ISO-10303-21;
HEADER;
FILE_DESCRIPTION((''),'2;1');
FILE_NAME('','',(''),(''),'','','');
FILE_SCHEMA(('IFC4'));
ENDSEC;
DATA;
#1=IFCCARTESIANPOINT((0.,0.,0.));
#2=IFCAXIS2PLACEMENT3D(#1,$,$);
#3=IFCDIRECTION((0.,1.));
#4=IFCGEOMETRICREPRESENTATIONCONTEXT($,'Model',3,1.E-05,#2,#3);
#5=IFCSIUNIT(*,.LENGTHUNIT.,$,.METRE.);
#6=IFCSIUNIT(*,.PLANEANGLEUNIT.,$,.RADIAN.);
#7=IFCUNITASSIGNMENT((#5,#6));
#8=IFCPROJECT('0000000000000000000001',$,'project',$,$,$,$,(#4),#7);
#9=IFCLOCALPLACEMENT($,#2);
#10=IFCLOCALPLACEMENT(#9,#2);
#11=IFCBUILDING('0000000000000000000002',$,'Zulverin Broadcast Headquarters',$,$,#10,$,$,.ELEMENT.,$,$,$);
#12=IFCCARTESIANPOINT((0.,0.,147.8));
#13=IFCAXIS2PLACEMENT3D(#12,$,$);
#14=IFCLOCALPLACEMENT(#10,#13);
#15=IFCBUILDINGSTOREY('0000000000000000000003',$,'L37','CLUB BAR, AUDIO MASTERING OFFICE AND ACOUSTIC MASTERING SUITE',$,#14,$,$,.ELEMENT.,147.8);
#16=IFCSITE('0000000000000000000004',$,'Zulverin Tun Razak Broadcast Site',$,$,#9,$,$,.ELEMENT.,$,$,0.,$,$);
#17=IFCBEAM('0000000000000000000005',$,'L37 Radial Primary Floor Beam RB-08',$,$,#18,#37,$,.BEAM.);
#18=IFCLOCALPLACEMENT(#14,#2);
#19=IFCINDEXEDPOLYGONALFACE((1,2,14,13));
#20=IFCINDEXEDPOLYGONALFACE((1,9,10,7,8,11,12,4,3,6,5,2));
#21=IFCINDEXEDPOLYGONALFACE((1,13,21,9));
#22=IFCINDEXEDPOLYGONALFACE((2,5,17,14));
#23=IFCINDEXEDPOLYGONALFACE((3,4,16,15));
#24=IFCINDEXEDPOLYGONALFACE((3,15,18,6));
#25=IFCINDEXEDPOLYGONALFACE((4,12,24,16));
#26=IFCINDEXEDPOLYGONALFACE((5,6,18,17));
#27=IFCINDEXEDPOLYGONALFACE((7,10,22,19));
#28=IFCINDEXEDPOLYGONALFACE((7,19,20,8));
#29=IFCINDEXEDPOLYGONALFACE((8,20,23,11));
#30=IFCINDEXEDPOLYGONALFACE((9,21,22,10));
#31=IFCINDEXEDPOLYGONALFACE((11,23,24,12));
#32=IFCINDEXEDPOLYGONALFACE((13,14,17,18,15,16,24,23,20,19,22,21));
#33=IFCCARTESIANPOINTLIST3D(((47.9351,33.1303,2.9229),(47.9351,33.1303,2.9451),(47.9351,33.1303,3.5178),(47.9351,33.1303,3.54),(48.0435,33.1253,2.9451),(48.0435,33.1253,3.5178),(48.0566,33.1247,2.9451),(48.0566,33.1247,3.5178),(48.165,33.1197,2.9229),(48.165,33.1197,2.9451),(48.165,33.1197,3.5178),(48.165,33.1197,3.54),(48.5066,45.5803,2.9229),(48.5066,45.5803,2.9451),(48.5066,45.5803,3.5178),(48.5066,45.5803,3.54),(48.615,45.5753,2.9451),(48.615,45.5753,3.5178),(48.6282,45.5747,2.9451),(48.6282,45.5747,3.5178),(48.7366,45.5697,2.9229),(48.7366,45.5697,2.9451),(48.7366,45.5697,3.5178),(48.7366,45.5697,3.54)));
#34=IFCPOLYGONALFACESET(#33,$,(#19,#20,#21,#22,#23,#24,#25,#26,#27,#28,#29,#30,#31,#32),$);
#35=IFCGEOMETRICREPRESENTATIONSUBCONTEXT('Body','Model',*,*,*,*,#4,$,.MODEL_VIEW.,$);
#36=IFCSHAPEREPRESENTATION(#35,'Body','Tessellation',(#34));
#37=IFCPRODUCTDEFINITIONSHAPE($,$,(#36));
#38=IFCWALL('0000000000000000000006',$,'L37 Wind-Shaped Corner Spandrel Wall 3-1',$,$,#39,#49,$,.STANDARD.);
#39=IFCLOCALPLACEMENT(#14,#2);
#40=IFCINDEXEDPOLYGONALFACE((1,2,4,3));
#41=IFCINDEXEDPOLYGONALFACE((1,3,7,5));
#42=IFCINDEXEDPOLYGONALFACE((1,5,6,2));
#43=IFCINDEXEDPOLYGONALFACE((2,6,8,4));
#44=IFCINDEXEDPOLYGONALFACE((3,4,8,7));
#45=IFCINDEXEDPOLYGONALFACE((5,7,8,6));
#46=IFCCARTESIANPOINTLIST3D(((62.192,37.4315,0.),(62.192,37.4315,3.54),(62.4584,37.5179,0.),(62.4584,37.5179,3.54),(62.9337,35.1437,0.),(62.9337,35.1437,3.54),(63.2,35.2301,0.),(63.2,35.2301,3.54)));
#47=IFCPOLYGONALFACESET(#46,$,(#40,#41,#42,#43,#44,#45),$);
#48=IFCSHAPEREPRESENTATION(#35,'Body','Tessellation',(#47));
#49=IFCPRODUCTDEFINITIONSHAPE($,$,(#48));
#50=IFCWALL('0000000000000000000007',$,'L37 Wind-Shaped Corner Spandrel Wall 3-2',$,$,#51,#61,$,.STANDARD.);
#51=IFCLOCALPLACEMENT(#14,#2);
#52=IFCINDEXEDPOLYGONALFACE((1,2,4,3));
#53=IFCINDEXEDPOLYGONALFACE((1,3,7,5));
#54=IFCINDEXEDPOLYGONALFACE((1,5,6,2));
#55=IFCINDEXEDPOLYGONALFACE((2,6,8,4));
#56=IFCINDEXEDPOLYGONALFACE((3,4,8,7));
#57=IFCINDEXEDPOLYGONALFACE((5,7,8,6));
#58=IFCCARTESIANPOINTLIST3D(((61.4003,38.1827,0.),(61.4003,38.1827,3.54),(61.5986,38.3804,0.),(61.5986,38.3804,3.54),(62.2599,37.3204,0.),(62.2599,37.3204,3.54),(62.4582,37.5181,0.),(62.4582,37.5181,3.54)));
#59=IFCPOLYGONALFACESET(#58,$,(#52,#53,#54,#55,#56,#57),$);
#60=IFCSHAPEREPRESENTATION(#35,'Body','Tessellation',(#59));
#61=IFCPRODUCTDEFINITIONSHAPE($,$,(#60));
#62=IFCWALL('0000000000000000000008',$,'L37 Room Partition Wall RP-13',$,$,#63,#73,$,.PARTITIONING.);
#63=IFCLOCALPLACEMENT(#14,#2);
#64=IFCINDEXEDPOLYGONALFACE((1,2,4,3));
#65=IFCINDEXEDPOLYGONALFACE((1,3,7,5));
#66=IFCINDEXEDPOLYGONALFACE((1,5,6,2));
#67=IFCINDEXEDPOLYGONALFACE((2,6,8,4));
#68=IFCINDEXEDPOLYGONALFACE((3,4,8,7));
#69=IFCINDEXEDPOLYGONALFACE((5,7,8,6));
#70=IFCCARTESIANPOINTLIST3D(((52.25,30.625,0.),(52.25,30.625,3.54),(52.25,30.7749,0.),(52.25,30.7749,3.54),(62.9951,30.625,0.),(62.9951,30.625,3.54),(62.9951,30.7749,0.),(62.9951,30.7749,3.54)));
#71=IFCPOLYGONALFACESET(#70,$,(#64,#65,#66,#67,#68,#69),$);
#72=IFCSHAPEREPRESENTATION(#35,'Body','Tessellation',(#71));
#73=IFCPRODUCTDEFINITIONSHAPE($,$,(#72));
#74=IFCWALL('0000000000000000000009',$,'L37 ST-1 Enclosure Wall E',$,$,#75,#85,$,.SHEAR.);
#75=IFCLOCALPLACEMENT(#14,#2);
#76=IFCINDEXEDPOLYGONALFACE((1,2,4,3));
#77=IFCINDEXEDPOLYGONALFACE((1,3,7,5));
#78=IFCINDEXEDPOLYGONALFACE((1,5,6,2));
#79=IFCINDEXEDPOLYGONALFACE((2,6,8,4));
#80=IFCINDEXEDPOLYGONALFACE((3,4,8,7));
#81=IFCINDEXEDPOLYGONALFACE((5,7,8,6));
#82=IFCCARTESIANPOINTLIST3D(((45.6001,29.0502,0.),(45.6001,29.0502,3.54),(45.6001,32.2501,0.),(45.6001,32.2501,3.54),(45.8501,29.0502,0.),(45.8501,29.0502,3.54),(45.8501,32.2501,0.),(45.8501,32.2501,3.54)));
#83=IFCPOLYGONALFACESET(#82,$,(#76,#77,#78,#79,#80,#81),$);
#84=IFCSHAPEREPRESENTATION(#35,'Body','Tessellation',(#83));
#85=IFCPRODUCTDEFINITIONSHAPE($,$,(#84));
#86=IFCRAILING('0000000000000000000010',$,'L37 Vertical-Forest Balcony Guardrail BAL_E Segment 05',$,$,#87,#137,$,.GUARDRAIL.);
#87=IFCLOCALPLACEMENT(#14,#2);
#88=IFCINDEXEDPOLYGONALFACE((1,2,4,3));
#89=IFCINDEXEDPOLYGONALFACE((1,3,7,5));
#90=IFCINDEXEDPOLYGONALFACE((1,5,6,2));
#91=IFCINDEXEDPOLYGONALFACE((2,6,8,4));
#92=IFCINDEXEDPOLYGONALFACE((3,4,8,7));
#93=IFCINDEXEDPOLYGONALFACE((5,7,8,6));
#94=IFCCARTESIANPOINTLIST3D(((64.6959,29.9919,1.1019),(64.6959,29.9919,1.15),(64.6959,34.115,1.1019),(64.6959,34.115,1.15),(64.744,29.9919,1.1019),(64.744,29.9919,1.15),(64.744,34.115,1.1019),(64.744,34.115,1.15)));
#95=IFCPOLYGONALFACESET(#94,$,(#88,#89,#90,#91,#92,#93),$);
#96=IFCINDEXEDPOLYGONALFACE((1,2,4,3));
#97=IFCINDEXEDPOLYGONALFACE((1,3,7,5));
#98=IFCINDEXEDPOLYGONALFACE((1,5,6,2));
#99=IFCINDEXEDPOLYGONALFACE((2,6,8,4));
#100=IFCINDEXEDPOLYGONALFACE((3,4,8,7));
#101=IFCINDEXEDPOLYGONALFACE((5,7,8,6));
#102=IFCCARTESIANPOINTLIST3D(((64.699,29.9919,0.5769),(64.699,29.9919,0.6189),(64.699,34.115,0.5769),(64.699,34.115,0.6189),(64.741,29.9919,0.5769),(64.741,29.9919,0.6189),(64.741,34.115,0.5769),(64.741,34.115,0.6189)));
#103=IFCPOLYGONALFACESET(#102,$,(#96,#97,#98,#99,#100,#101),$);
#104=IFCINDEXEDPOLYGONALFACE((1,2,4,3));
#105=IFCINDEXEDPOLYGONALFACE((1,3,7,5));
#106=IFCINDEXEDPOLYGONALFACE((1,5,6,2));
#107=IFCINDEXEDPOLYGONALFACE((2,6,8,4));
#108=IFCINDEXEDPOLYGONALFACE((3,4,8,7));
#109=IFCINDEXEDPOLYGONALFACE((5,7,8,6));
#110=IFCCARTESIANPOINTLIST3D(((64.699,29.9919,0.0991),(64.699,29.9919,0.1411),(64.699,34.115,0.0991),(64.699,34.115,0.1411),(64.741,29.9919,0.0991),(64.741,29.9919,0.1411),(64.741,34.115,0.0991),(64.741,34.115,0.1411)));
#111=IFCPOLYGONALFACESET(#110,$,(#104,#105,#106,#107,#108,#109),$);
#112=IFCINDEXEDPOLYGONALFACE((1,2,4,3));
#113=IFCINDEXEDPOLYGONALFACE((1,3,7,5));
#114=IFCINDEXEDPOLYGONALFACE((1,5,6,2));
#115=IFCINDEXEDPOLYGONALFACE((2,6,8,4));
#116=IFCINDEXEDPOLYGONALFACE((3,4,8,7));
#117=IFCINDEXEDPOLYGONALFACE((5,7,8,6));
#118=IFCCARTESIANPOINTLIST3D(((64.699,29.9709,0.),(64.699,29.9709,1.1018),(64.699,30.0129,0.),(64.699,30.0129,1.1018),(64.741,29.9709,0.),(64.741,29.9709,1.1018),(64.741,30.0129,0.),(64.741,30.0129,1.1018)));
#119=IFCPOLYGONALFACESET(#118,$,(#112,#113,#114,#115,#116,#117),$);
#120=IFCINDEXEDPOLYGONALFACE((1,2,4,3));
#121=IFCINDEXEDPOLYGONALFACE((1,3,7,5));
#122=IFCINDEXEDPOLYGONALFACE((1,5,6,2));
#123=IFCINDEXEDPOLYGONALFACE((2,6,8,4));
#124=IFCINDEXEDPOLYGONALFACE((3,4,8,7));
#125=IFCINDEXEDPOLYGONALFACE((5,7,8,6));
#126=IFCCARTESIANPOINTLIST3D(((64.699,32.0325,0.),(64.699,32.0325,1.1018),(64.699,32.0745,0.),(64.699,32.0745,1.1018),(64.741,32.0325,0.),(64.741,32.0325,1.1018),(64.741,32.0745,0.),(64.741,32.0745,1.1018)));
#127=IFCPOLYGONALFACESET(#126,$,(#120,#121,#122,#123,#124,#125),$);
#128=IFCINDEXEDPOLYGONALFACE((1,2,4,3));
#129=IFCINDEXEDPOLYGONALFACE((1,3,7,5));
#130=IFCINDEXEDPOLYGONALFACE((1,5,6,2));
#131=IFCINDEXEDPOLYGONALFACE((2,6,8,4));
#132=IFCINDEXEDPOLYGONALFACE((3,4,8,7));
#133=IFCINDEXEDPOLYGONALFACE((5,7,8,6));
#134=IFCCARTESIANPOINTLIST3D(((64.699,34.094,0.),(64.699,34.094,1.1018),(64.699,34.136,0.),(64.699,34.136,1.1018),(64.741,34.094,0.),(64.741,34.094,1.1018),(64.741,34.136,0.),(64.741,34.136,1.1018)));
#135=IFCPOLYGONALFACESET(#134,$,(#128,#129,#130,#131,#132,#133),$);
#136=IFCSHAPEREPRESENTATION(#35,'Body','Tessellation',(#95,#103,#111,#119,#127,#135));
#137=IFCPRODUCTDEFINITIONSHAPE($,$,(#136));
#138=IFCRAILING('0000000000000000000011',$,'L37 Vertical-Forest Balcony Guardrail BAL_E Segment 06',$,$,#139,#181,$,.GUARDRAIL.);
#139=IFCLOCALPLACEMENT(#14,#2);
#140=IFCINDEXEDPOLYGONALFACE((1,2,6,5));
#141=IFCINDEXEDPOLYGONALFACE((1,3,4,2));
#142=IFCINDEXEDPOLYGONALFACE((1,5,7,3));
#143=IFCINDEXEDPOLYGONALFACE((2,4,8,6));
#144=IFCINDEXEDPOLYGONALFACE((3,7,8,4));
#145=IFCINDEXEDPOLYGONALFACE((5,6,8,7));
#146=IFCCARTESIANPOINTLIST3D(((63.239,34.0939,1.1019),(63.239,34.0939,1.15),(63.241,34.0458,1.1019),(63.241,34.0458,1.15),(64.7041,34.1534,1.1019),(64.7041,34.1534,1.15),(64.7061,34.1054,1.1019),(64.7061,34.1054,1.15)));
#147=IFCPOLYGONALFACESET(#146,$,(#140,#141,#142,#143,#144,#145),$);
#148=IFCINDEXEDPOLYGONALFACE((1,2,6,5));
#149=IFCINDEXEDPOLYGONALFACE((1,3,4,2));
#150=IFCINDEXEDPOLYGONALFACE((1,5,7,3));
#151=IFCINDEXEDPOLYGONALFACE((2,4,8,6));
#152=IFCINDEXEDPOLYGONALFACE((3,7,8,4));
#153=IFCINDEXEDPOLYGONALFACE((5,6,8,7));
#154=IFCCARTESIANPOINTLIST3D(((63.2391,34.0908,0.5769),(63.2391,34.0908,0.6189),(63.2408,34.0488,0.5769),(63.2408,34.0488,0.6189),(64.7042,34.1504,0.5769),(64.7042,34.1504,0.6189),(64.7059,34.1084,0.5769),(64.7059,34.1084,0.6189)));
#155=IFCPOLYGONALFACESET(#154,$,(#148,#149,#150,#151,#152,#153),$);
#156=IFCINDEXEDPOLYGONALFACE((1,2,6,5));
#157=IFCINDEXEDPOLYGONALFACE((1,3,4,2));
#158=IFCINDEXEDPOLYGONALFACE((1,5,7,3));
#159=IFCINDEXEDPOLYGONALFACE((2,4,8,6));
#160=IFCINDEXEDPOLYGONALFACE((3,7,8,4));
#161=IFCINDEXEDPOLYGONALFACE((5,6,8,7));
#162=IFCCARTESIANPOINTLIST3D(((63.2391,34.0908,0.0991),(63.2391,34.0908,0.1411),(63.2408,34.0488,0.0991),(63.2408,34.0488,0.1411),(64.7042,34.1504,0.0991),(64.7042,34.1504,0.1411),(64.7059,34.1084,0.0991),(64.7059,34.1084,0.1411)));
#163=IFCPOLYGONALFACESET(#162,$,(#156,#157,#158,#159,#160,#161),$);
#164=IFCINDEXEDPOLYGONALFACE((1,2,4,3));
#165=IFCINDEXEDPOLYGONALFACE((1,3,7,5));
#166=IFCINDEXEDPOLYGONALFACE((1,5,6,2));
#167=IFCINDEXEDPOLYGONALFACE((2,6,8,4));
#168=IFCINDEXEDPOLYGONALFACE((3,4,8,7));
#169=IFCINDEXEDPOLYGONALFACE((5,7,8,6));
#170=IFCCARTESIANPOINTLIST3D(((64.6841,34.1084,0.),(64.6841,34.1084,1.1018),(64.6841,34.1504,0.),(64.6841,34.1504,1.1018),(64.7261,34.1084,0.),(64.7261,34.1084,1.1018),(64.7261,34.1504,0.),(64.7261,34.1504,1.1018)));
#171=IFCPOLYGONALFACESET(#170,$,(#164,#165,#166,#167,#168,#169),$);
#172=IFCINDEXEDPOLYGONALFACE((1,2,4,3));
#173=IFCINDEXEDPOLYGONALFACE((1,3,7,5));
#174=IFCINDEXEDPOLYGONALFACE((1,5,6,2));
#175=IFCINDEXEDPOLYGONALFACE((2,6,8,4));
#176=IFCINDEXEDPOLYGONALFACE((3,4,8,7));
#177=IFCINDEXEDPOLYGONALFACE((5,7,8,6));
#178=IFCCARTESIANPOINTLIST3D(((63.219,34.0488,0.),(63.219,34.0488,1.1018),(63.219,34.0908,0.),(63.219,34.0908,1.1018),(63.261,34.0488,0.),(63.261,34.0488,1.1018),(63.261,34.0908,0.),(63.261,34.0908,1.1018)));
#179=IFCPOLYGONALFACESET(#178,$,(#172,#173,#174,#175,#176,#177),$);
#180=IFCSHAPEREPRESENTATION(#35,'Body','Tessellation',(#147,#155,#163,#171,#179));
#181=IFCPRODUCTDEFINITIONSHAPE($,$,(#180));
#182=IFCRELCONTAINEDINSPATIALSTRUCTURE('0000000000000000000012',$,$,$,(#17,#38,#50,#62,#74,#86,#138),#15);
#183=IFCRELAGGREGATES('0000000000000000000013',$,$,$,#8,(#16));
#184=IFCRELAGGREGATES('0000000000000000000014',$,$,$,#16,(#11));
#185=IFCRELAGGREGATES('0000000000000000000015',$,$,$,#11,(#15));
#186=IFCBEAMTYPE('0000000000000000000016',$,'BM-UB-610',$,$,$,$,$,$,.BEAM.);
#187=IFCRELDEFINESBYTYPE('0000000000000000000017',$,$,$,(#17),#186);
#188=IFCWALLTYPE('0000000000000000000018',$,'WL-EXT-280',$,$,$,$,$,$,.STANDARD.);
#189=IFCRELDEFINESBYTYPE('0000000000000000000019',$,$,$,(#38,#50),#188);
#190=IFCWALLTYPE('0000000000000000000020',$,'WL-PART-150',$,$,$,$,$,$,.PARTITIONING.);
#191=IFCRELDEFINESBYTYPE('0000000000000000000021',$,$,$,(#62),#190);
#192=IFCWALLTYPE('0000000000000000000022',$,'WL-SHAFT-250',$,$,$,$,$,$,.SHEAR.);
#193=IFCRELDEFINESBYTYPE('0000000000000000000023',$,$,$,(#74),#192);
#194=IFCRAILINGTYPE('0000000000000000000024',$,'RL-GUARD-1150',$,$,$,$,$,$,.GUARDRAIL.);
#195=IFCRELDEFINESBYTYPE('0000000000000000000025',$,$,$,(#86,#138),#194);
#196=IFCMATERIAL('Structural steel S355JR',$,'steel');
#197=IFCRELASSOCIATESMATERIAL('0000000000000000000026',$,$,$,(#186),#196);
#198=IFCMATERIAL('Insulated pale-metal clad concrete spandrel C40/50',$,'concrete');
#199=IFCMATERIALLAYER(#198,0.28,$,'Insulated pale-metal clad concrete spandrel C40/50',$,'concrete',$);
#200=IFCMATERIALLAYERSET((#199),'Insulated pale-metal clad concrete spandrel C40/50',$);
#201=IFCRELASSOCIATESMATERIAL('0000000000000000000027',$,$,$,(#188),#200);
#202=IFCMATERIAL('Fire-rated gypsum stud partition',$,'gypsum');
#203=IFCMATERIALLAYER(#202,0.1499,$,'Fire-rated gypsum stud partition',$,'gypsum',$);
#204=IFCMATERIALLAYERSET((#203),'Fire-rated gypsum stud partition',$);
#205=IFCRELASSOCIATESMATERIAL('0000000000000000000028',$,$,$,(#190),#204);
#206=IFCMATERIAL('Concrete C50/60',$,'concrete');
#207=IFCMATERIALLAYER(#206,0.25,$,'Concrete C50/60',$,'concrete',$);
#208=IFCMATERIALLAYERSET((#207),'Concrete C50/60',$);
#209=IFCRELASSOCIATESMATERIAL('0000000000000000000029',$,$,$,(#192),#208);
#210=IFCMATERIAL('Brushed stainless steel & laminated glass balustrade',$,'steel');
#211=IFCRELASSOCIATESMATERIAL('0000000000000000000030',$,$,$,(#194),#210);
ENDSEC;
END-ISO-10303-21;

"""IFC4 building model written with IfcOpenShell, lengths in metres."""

from ifc_helpers import new_model, si_unit, direction, frame, frame_2d, origin, origin_2d, place, context, subcontext, project, spatial, rectangle, i_section, extrude, material, layer, layer_set, material_profile, profile_set, type_object, element, save


model = new_model("IFC4")

# Units and contexts
model_context = context("Model", 3, precision=1e-05, world=origin(), true_north=direction((0.0, 1.0)))
body_context = subcontext(model_context, "Body", "Model", "MODEL_VIEW")
ifc_project = project(units=[si_unit("LENGTHUNIT", "METRE"), si_unit("PLANEANGLEUNIT", "RADIAN")], contexts=[model_context])

# Site, building, storey
site_placement = place(None, origin())
site = spatial("IfcSite", under=ifc_project, at=site_placement, Name="Zulverin Tun Razak Broadcast Site", CompositionType="ELEMENT", RefElevation=0.0)
building_placement = place(site_placement, origin())
building = spatial("IfcBuilding", under=site, at=building_placement, Name="Zulverin Broadcast Headquarters", CompositionType="ELEMENT")
storey_placement = place(building_placement, frame((0.0, 0.0, 147.8)))
storey = spatial("IfcBuildingStorey", under=building, at=storey_placement, Name="L37", Description="CLUB BAR, AUDIO MASTERING OFFICE AND ACOUSTIC MASTERING SUITE", CompositionType="ELEMENT", Elevation=147.8)

# Shared definitions
ifc_material_1 = material(Name="Concrete C50/60", Category="concrete")

# Beam
ifc_material_2 = material(Name="Structural steel S355JR", Category="steel")
ifc_material_profile_1 = material_profile(ifc_material_2, i_section(OverallWidth=0.2302, OverallDepth=0.6172, WebThickness=0.0132, FlangeThickness=0.0222, at=origin_2d()), Name="Structural steel S355JR", Category="steel")
ifc_profile_set_1 = profile_set([ifc_material_profile_1], Name="Structural steel S355JR")
beam_type_1 = type_object("IfcBeamType", Name="BM-UB-610", PredefinedType="BEAM", material=ifc_profile_set_1)
beam_1_placement = place(storey_placement, frame((48.05, 33.125, 3.2314), z_axis=(0.045858, 0.998948, 0.0), x_axis=(-0.998948, 0.045858, 0.0)))
element("IfcBeam", 1, at=beam_1_placement, inside=storey, type_object=beam_type_1, Name="L37 Radial Primary Floor Beam RB-08", PredefinedType="BEAM", context=body_context, shape_type="SweptSolid", body=[
    extrude(i_section(OverallWidth=0.2302, OverallDepth=0.6172, WebThickness=0.0132, FlangeThickness=0.0222, at=origin_2d()), origin(), (0.0, 0.0, 1.0), 12.4631),
])

# Walls
ifc_material_3 = material(Name="Insulated pale-metal clad concrete spandrel C40/50", Category="concrete")
ifc_layer_1 = layer(ifc_material_3, 0.28, Name="Insulated pale-metal clad concrete spandrel C40/50", Category="concrete")
ifc_layer_set_1 = layer_set([ifc_layer_1], Name="Insulated pale-metal clad concrete spandrel C40/50")
wall_type_1 = type_object("IfcWallType", Name="WL-EXT-280", PredefinedType="STANDARD", material=ifc_layer_set_1)
wall_1_placement = place(storey_placement, frame((63.0669, 35.1868, 0.0), z_axis=(0.0, 0.0, 1.0), x_axis=(-0.308391, 0.95126, 0.0)))
element("IfcWall", 2, at=wall_1_placement, inside=storey, type_object=wall_type_1, Name="L37 Wind-Shaped Corner Spandrel Wall 3-1", PredefinedType="STANDARD", context=body_context, shape_type="SweptSolid", body=[
    extrude(rectangle(XDim=2.405, YDim=0.28, at=frame_2d((1.2026, 0.0))), origin(), (0.0, 0.0, 1.0), 3.54),
])
wall_2_placement = place(storey_placement, frame((62.3591, 37.4192, 0.0), z_axis=(0.0, 0.0, 1.0), x_axis=(-0.706003, 0.708209, 0.0)))
element("IfcWall", 3, at=wall_2_placement, inside=storey, type_object=wall_type_1, Name="L37 Wind-Shaped Corner Spandrel Wall 3-2", PredefinedType="STANDARD", context=body_context, shape_type="SweptSolid", body=[
    extrude(rectangle(XDim=1.2175, YDim=0.28, at=frame_2d((0.6089, 0.0))), origin(), (0.0, 0.0, 1.0), 3.54),
])
ifc_material_4 = material(Name="Fire-rated gypsum stud partition", Category="gypsum")
ifc_layer_2 = layer(ifc_material_4, 0.1499, Name="Fire-rated gypsum stud partition", Category="gypsum")
ifc_layer_set_2 = layer_set([ifc_layer_2], Name="Fire-rated gypsum stud partition")
wall_type_2 = type_object("IfcWallType", Name="WL-PART-150", PredefinedType="PARTITIONING", material=ifc_layer_set_2)
wall_3_placement = place(storey_placement, frame((52.25, 30.7, 0.0), z_axis=(0.0, 0.0, 1.0), x_axis=(1.0, 0.0, 0.0)))
element("IfcWall", 4, at=wall_3_placement, inside=storey, type_object=wall_type_2, Name="L37 Room Partition Wall RP-13", PredefinedType="PARTITIONING", context=body_context, shape_type="SweptSolid", body=[
    extrude(rectangle(XDim=10.7451, YDim=0.1499, at=frame_2d((5.3726, 0.0))), origin(), (0.0, 0.0, 1.0), 3.54),
])
ifc_layer_3 = layer(ifc_material_1, 0.25, Name="Concrete C50/60", Category="concrete")
ifc_layer_set_3 = layer_set([ifc_layer_3], Name="Concrete C50/60")
wall_type_3 = type_object("IfcWallType", Name="WL-SHAFT-250", PredefinedType="SHEAR", material=ifc_layer_set_3)
wall_4_placement = place(storey_placement, frame((45.7251, 29.05, 0.0), z_axis=(0.0, 0.0, 1.0), x_axis=(0.0, 1.0, 0.0)))
element("IfcWall", 5, at=wall_4_placement, inside=storey, type_object=wall_type_3, Name="L37 ST-1 Enclosure Wall E", PredefinedType="SHEAR", context=body_context, shape_type="SweptSolid", body=[
    extrude(rectangle(XDim=3.2, YDim=0.25, at=frame_2d((1.6001, 0.0))), origin(), (0.0, 0.0, 1.0), 3.54),
])

# Railings
ifc_material_5 = material(Name="Brushed stainless steel & laminated glass balustrade", Category="steel")
railing_type = type_object("IfcRailingType", Name="RL-GUARD-1150", PredefinedType="GUARDRAIL", material=ifc_material_5)
railing_1_placement = place(storey_placement, frame((64.72, 29.9919, 0.0)))
element("IfcRailing", 6, at=railing_1_placement, inside=storey, type_object=railing_type, Name="L37 Vertical-Forest Balcony Guardrail BAL_E Segment 05", PredefinedType="GUARDRAIL", context=body_context, shape_type="SweptSolid", body=[
    extrude(rectangle(XDim=0.0481, YDim=0.0481, at=origin_2d()), frame((0.0, 0.0, 1.126), z_axis=(0.0, 1.0, 0.0), x_axis=(-1.0, 0.0, 0.0)), (0.0, 0.0, 1.0), 4.123),
    extrude(rectangle(XDim=0.042, YDim=0.042, at=origin_2d()), frame((0.0, 0.0, 0.5979), z_axis=(0.0, 1.0, 0.0), x_axis=(-1.0, 0.0, 0.0)), (0.0, 0.0, 1.0), 4.123),
    extrude(rectangle(XDim=0.042, YDim=0.042, at=origin_2d()), frame((0.0, 0.0, 0.1201), z_axis=(0.0, 1.0, 0.0), x_axis=(-1.0, 0.0, 0.0)), (0.0, 0.0, 1.0), 4.123),
    extrude(rectangle(XDim=0.042, YDim=0.042, at=origin_2d()), origin(), (0.0, 0.0, 1.0), 1.1018),
    extrude(rectangle(XDim=0.042, YDim=0.042, at=origin_2d()), frame((0.0, 2.0615, 0.0)), (0.0, 0.0, 1.0), 1.1018),
    extrude(rectangle(XDim=0.042, YDim=0.042, at=origin_2d()), frame((0.0, 4.123, 0.0)), (0.0, 0.0, 1.0), 1.1018),
])
railing_2_placement = place(storey_placement, frame((64.7051, 34.1294, 0.0)))
element("IfcRailing", 7, at=railing_2_placement, inside=storey, type_object=railing_type, Name="L37 Vertical-Forest Balcony Guardrail BAL_E Segment 06", PredefinedType="GUARDRAIL", context=body_context, shape_type="SweptSolid", body=[
    extrude(rectangle(XDim=0.0481, YDim=0.0481, at=origin_2d()), frame((0.0, 0.0, 1.126), z_axis=(-0.999174, -0.040626, 0.0), x_axis=(0.040626, -0.999174, 0.0)), (0.0, 0.0, 1.0), 1.4663),
    extrude(rectangle(XDim=0.042, YDim=0.042, at=origin_2d()), frame((0.0, 0.0, 0.5979), z_axis=(-0.999174, -0.040626, 0.0), x_axis=(0.040626, -0.999174, 0.0)), (0.0, 0.0, 1.0), 1.4663),
    extrude(rectangle(XDim=0.042, YDim=0.042, at=origin_2d()), frame((0.0, 0.0, 0.1201), z_axis=(-0.999174, -0.040626, 0.0), x_axis=(0.040626, -0.999174, 0.0)), (0.0, 0.0, 1.0), 1.4663),
    extrude(rectangle(XDim=0.042, YDim=0.042, at=origin_2d()), origin(), (0.0, 0.0, 1.0), 1.1018),
    extrude(rectangle(XDim=0.042, YDim=0.042, at=origin_2d()), frame((-1.4651, -0.0596, 0.0)), (0.0, 0.0, 1.0), 1.1018),
])

save(model, "model.ifc")
